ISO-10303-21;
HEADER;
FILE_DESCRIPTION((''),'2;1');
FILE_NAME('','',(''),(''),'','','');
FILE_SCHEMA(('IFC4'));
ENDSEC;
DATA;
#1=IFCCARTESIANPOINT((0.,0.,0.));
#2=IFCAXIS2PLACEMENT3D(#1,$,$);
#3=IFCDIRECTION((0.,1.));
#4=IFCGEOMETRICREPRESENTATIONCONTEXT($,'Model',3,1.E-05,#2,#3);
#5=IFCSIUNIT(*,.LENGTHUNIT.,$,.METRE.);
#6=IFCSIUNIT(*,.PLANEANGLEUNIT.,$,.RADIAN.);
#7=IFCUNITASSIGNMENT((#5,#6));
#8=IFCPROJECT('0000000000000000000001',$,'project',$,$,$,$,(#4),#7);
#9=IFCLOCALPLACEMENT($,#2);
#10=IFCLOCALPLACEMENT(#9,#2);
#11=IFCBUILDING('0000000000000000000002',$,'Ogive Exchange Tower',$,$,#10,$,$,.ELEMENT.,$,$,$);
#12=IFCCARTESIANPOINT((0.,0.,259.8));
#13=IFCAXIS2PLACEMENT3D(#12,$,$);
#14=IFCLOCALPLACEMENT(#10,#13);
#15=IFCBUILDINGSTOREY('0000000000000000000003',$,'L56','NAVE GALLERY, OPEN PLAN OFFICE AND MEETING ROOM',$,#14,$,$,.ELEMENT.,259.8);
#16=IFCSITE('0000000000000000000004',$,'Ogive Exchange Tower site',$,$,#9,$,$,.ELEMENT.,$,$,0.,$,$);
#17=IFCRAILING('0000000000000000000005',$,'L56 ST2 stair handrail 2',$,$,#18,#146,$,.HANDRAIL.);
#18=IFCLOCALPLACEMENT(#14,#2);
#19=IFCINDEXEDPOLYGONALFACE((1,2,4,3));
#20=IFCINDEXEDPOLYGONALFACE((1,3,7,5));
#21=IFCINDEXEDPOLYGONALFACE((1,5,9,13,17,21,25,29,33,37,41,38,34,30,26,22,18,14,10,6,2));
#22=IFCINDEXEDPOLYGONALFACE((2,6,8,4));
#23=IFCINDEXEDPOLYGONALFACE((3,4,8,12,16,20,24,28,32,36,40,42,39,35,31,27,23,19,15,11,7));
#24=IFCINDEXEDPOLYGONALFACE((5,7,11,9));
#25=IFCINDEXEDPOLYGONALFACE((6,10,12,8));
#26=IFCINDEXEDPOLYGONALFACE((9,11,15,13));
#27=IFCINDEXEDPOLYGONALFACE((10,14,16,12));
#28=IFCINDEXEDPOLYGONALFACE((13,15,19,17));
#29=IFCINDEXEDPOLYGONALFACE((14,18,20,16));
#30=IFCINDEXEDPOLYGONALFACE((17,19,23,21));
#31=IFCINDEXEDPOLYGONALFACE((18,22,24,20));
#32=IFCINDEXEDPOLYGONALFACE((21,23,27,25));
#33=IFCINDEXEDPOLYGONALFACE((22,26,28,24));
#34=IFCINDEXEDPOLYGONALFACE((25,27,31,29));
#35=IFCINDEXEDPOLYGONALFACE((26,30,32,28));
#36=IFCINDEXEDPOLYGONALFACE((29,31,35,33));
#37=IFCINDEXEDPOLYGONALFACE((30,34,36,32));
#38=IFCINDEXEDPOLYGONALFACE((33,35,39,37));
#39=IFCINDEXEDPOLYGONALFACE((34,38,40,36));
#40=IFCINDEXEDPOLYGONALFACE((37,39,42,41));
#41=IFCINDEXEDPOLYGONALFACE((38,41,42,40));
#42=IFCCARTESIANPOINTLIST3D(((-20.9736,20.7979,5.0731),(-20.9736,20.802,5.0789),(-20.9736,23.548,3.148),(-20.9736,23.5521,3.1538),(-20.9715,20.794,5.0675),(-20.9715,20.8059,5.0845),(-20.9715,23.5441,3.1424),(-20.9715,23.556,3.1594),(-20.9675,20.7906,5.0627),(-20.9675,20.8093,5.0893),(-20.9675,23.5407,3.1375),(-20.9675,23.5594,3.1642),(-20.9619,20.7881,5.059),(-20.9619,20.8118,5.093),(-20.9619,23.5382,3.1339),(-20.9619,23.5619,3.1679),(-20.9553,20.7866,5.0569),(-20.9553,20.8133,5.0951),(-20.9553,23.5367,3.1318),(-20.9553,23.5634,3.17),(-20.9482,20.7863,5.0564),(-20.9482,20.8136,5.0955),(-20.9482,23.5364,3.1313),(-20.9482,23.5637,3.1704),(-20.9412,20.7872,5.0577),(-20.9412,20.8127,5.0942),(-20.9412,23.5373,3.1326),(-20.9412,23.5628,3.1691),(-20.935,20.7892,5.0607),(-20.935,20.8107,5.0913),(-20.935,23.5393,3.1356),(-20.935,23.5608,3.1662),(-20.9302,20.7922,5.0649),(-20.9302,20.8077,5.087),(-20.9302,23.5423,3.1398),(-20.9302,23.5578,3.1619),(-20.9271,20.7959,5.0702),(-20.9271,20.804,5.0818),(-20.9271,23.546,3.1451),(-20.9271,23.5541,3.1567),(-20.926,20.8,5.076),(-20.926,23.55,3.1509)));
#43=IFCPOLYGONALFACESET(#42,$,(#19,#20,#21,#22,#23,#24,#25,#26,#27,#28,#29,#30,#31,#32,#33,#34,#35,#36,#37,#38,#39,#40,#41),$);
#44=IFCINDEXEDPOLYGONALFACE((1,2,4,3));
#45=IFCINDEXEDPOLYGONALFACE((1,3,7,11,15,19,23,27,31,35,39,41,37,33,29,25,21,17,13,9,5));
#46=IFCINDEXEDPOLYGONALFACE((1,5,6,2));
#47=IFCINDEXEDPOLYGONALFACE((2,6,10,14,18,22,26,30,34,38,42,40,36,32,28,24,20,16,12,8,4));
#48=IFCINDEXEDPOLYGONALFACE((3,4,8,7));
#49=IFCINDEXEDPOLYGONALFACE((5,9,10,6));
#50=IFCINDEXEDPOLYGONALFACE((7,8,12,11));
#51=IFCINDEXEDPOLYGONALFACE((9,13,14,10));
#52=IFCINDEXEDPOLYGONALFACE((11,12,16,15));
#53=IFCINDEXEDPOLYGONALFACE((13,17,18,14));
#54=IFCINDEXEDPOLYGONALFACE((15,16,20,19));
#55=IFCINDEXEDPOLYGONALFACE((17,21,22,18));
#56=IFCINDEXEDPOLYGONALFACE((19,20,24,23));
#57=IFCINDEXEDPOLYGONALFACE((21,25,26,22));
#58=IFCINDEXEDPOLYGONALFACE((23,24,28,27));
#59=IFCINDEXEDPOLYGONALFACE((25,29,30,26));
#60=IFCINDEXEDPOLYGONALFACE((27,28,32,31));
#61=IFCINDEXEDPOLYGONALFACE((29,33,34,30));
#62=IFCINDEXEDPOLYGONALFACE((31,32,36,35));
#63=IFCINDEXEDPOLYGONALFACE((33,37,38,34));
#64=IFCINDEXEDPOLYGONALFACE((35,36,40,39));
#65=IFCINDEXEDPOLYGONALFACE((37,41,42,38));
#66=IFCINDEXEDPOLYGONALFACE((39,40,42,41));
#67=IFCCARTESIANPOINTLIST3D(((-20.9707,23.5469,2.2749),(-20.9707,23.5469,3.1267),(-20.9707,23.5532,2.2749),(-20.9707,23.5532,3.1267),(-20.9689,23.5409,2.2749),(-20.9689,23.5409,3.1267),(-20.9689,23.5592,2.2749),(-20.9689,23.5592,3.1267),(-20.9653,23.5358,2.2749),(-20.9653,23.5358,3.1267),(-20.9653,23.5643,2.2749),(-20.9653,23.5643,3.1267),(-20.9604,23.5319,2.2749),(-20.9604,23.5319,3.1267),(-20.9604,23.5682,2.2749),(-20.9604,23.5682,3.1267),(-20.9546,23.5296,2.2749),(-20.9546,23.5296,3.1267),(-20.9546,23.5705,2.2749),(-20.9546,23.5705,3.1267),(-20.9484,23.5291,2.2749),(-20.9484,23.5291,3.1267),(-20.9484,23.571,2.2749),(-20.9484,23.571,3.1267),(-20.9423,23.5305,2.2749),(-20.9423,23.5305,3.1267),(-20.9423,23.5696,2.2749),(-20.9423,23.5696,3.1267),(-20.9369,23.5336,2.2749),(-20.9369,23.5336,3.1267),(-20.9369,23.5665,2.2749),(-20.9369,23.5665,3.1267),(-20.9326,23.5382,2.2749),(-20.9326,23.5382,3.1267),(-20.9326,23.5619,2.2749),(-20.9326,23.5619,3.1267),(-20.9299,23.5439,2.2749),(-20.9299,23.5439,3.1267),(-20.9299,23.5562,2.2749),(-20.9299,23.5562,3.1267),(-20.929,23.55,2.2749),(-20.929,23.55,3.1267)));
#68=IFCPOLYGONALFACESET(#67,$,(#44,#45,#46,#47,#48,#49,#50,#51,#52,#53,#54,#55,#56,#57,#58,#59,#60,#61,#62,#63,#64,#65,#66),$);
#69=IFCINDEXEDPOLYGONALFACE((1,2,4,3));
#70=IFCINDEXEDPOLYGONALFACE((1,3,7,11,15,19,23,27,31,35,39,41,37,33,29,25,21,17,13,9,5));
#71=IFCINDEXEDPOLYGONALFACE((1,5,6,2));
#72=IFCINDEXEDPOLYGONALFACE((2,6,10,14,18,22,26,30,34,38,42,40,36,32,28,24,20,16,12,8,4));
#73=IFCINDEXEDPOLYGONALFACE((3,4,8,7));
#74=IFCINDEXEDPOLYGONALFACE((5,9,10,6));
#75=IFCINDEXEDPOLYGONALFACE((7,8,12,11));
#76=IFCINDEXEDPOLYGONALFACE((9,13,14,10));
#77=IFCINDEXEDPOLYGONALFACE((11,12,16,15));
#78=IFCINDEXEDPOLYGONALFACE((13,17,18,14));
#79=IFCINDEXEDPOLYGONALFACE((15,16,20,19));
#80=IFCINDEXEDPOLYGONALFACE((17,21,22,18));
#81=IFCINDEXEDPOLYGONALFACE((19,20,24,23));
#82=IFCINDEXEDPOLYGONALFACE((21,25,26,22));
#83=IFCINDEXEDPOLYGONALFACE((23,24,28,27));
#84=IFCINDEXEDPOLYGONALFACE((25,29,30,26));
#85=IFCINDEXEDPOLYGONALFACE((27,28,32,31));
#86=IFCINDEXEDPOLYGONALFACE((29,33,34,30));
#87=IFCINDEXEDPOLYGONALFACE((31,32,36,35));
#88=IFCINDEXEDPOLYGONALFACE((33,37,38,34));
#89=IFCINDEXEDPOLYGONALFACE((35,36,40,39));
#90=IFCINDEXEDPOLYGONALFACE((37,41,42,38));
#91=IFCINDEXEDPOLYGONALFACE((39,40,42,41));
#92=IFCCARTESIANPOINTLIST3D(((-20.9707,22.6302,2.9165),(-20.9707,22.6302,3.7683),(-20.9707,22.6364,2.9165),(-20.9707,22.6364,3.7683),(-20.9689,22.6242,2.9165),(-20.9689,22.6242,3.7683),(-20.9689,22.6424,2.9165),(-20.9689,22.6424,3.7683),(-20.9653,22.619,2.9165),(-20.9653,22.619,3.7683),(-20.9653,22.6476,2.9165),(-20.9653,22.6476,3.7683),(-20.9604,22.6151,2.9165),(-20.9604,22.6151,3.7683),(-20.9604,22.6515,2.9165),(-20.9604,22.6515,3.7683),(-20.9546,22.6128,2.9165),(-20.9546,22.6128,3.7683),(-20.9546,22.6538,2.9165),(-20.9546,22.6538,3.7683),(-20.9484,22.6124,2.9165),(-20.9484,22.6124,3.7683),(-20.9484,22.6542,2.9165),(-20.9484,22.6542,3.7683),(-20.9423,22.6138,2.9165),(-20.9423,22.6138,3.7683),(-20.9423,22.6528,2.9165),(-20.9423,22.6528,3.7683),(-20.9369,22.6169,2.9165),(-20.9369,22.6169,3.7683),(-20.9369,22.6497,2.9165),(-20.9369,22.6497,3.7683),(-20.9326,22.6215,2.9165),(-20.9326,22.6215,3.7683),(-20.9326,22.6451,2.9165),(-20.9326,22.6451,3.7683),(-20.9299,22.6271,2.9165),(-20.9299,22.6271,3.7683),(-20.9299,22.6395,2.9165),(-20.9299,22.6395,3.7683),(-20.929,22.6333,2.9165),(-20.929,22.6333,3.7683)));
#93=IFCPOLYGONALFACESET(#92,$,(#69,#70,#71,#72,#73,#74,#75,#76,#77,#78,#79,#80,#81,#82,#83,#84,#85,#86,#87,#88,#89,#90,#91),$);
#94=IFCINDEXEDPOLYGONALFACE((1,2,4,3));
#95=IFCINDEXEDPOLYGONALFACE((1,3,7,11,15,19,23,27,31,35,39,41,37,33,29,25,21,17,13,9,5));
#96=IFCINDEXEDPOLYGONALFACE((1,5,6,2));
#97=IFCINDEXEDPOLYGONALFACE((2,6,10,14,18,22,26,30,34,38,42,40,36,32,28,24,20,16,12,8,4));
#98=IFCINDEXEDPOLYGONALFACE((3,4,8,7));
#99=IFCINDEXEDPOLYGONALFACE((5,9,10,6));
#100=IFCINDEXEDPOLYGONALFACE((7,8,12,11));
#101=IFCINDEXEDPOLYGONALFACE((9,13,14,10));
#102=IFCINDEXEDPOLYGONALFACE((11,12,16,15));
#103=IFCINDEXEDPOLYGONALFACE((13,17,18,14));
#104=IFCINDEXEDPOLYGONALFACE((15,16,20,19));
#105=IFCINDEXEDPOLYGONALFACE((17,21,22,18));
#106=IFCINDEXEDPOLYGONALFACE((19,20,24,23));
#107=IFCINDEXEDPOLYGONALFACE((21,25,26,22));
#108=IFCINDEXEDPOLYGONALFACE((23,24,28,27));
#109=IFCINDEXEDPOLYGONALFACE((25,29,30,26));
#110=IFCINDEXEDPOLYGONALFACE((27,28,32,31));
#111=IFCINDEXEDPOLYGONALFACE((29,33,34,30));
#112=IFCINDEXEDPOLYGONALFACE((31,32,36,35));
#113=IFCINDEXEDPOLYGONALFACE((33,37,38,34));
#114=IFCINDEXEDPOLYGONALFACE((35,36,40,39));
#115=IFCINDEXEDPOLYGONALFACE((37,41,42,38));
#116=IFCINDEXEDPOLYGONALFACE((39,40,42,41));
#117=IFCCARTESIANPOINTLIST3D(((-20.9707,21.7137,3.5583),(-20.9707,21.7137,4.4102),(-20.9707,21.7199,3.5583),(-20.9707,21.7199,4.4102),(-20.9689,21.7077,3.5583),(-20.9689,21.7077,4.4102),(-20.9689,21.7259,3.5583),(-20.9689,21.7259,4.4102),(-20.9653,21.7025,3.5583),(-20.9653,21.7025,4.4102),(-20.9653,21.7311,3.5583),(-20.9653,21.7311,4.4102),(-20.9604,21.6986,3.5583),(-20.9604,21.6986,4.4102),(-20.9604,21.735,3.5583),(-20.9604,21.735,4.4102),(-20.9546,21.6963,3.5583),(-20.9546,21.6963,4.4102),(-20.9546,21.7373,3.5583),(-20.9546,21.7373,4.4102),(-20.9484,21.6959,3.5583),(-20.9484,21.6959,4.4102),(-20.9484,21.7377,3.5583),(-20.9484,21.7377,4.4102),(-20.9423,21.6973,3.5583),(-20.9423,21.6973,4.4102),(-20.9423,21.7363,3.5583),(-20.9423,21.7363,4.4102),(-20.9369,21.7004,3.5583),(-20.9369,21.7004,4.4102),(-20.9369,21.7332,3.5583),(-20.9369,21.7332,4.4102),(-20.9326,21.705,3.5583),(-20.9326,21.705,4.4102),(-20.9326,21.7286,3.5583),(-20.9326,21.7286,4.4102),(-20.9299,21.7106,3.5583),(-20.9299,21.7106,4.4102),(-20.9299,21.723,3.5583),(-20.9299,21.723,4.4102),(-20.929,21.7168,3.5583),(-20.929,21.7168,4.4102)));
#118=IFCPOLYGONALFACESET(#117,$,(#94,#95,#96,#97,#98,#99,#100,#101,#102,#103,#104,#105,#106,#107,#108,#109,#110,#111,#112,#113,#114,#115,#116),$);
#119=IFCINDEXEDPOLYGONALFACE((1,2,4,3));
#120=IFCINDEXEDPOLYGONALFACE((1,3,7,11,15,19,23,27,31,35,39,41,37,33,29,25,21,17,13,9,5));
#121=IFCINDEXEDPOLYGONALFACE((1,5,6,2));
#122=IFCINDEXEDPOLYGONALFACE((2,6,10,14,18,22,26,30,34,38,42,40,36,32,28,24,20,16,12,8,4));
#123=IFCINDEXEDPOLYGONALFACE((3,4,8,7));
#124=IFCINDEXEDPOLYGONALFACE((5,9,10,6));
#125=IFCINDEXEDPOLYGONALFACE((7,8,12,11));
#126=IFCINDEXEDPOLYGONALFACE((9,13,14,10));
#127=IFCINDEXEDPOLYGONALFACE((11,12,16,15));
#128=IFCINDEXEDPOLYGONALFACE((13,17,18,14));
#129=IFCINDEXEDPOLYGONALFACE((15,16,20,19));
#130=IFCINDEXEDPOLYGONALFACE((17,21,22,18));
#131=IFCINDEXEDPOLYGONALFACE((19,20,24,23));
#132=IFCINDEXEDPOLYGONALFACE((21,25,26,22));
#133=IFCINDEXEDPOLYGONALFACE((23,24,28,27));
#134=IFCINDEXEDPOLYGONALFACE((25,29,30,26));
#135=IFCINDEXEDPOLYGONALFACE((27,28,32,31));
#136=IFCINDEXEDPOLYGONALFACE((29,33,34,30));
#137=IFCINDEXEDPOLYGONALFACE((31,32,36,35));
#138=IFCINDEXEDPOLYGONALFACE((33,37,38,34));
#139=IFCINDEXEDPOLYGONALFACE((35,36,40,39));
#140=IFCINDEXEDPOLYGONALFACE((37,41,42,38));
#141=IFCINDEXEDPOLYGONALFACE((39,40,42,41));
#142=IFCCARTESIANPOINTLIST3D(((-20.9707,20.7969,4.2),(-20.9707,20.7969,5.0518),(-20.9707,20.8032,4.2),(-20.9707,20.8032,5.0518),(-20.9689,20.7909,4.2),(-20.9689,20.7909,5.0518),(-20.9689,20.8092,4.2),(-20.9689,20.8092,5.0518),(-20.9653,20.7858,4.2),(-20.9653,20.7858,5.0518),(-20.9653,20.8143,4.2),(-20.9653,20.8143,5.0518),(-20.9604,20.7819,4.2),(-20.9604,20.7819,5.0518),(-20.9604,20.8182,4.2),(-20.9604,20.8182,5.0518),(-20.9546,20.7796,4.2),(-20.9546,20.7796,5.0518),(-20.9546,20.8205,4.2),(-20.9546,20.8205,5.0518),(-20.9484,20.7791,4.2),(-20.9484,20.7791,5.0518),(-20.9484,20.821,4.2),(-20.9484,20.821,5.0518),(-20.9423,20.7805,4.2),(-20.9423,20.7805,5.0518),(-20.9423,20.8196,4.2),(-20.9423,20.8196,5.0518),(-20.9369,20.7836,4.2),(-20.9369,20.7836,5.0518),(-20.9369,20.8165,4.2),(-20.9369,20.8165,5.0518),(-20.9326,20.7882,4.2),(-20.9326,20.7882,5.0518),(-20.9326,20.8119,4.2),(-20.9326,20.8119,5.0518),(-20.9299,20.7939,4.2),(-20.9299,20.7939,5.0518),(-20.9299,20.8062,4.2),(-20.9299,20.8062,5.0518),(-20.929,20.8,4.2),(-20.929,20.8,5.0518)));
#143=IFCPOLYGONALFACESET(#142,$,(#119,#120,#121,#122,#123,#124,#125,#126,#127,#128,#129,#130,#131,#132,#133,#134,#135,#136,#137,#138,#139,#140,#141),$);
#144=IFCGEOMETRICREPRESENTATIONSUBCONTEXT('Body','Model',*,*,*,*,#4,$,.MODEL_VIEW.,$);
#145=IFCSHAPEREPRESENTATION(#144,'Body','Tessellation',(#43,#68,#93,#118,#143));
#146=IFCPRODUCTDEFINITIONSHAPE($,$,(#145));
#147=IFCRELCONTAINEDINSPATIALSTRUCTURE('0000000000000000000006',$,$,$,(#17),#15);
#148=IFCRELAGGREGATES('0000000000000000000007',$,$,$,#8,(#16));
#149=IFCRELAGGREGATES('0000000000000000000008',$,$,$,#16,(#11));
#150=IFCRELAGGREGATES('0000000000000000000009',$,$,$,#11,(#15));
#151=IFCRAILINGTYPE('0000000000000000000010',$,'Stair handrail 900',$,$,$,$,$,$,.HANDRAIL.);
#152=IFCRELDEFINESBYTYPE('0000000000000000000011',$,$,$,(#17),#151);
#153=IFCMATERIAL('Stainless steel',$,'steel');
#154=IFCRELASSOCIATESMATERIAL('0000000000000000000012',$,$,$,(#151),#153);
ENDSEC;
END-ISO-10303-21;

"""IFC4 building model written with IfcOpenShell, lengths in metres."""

from ifc_helpers import new_model, si_unit, direction, frame, origin, origin_2d, place, context, subcontext, project, spatial, circle, extrude, material, type_object, element, save


model = new_model("IFC4")

# Units and contexts
model_context = context("Model", 3, precision=1e-05, world=origin(), true_north=direction((0.0, 1.0)))
body_context = subcontext(model_context, "Body", "Model", "MODEL_VIEW")
ifc_project = project(units=[si_unit("LENGTHUNIT", "METRE"), si_unit("PLANEANGLEUNIT", "RADIAN")], contexts=[model_context])

# Site, building, storey
site_placement = place(None, origin())
site = spatial("IfcSite", under=ifc_project, at=site_placement, Name="Ogive Exchange Tower site", CompositionType="ELEMENT", RefElevation=0.0)
building_placement = place(site_placement, origin())
building = spatial("IfcBuilding", under=site, at=building_placement, Name="Ogive Exchange Tower", CompositionType="ELEMENT")
storey_placement = place(building_placement, frame((0.0, 0.0, 259.8)))
storey = spatial("IfcBuildingStorey", under=building, at=storey_placement, Name="L56", Description="NAVE GALLERY, OPEN PLAN OFFICE AND MEETING ROOM", CompositionType="ELEMENT", Elevation=259.8)

# Railing
ifc_material_1 = material(Name="Stainless steel", Category="steel")
railing_type = type_object("IfcRailingType", Name="Stair handrail 900", PredefinedType="HANDRAIL", material=ifc_material_1)
railing_placement = place(storey_placement, frame((-20.95, 23.55, 2.2749)))
element("IfcRailing", 1, at=railing_placement, inside=storey, type_object=railing_type, Name="L56 ST2 stair handrail 2", PredefinedType="HANDRAIL", context=body_context, shape_type="SweptSolid", body=[
    extrude(circle(Radius=0.0239, at=origin_2d()), frame((0.0, 0.0, 0.876), z_axis=(0.0, -0.819225, 0.573472), x_axis=(1.0, 0.0, 0.0)), (0.0, 0.0, 1.0), 3.3569),
    extrude(circle(Radius=0.021, at=origin_2d()), origin(), (0.0, 0.0, 1.0), 0.8518),
    extrude(circle(Radius=0.021, at=origin_2d()), frame((0.0, -0.9167, 0.6416)), (0.0, 0.0, 1.0), 0.8518),
    extrude(circle(Radius=0.021, at=origin_2d()), frame((0.0, -1.8333, 1.2834)), (0.0, 0.0, 1.0), 0.8518),
    extrude(circle(Radius=0.021, at=origin_2d()), frame((0.0, -2.75, 1.925)), (0.0, 0.0, 1.0), 0.8518),
])

save(model, "model.ifc")
